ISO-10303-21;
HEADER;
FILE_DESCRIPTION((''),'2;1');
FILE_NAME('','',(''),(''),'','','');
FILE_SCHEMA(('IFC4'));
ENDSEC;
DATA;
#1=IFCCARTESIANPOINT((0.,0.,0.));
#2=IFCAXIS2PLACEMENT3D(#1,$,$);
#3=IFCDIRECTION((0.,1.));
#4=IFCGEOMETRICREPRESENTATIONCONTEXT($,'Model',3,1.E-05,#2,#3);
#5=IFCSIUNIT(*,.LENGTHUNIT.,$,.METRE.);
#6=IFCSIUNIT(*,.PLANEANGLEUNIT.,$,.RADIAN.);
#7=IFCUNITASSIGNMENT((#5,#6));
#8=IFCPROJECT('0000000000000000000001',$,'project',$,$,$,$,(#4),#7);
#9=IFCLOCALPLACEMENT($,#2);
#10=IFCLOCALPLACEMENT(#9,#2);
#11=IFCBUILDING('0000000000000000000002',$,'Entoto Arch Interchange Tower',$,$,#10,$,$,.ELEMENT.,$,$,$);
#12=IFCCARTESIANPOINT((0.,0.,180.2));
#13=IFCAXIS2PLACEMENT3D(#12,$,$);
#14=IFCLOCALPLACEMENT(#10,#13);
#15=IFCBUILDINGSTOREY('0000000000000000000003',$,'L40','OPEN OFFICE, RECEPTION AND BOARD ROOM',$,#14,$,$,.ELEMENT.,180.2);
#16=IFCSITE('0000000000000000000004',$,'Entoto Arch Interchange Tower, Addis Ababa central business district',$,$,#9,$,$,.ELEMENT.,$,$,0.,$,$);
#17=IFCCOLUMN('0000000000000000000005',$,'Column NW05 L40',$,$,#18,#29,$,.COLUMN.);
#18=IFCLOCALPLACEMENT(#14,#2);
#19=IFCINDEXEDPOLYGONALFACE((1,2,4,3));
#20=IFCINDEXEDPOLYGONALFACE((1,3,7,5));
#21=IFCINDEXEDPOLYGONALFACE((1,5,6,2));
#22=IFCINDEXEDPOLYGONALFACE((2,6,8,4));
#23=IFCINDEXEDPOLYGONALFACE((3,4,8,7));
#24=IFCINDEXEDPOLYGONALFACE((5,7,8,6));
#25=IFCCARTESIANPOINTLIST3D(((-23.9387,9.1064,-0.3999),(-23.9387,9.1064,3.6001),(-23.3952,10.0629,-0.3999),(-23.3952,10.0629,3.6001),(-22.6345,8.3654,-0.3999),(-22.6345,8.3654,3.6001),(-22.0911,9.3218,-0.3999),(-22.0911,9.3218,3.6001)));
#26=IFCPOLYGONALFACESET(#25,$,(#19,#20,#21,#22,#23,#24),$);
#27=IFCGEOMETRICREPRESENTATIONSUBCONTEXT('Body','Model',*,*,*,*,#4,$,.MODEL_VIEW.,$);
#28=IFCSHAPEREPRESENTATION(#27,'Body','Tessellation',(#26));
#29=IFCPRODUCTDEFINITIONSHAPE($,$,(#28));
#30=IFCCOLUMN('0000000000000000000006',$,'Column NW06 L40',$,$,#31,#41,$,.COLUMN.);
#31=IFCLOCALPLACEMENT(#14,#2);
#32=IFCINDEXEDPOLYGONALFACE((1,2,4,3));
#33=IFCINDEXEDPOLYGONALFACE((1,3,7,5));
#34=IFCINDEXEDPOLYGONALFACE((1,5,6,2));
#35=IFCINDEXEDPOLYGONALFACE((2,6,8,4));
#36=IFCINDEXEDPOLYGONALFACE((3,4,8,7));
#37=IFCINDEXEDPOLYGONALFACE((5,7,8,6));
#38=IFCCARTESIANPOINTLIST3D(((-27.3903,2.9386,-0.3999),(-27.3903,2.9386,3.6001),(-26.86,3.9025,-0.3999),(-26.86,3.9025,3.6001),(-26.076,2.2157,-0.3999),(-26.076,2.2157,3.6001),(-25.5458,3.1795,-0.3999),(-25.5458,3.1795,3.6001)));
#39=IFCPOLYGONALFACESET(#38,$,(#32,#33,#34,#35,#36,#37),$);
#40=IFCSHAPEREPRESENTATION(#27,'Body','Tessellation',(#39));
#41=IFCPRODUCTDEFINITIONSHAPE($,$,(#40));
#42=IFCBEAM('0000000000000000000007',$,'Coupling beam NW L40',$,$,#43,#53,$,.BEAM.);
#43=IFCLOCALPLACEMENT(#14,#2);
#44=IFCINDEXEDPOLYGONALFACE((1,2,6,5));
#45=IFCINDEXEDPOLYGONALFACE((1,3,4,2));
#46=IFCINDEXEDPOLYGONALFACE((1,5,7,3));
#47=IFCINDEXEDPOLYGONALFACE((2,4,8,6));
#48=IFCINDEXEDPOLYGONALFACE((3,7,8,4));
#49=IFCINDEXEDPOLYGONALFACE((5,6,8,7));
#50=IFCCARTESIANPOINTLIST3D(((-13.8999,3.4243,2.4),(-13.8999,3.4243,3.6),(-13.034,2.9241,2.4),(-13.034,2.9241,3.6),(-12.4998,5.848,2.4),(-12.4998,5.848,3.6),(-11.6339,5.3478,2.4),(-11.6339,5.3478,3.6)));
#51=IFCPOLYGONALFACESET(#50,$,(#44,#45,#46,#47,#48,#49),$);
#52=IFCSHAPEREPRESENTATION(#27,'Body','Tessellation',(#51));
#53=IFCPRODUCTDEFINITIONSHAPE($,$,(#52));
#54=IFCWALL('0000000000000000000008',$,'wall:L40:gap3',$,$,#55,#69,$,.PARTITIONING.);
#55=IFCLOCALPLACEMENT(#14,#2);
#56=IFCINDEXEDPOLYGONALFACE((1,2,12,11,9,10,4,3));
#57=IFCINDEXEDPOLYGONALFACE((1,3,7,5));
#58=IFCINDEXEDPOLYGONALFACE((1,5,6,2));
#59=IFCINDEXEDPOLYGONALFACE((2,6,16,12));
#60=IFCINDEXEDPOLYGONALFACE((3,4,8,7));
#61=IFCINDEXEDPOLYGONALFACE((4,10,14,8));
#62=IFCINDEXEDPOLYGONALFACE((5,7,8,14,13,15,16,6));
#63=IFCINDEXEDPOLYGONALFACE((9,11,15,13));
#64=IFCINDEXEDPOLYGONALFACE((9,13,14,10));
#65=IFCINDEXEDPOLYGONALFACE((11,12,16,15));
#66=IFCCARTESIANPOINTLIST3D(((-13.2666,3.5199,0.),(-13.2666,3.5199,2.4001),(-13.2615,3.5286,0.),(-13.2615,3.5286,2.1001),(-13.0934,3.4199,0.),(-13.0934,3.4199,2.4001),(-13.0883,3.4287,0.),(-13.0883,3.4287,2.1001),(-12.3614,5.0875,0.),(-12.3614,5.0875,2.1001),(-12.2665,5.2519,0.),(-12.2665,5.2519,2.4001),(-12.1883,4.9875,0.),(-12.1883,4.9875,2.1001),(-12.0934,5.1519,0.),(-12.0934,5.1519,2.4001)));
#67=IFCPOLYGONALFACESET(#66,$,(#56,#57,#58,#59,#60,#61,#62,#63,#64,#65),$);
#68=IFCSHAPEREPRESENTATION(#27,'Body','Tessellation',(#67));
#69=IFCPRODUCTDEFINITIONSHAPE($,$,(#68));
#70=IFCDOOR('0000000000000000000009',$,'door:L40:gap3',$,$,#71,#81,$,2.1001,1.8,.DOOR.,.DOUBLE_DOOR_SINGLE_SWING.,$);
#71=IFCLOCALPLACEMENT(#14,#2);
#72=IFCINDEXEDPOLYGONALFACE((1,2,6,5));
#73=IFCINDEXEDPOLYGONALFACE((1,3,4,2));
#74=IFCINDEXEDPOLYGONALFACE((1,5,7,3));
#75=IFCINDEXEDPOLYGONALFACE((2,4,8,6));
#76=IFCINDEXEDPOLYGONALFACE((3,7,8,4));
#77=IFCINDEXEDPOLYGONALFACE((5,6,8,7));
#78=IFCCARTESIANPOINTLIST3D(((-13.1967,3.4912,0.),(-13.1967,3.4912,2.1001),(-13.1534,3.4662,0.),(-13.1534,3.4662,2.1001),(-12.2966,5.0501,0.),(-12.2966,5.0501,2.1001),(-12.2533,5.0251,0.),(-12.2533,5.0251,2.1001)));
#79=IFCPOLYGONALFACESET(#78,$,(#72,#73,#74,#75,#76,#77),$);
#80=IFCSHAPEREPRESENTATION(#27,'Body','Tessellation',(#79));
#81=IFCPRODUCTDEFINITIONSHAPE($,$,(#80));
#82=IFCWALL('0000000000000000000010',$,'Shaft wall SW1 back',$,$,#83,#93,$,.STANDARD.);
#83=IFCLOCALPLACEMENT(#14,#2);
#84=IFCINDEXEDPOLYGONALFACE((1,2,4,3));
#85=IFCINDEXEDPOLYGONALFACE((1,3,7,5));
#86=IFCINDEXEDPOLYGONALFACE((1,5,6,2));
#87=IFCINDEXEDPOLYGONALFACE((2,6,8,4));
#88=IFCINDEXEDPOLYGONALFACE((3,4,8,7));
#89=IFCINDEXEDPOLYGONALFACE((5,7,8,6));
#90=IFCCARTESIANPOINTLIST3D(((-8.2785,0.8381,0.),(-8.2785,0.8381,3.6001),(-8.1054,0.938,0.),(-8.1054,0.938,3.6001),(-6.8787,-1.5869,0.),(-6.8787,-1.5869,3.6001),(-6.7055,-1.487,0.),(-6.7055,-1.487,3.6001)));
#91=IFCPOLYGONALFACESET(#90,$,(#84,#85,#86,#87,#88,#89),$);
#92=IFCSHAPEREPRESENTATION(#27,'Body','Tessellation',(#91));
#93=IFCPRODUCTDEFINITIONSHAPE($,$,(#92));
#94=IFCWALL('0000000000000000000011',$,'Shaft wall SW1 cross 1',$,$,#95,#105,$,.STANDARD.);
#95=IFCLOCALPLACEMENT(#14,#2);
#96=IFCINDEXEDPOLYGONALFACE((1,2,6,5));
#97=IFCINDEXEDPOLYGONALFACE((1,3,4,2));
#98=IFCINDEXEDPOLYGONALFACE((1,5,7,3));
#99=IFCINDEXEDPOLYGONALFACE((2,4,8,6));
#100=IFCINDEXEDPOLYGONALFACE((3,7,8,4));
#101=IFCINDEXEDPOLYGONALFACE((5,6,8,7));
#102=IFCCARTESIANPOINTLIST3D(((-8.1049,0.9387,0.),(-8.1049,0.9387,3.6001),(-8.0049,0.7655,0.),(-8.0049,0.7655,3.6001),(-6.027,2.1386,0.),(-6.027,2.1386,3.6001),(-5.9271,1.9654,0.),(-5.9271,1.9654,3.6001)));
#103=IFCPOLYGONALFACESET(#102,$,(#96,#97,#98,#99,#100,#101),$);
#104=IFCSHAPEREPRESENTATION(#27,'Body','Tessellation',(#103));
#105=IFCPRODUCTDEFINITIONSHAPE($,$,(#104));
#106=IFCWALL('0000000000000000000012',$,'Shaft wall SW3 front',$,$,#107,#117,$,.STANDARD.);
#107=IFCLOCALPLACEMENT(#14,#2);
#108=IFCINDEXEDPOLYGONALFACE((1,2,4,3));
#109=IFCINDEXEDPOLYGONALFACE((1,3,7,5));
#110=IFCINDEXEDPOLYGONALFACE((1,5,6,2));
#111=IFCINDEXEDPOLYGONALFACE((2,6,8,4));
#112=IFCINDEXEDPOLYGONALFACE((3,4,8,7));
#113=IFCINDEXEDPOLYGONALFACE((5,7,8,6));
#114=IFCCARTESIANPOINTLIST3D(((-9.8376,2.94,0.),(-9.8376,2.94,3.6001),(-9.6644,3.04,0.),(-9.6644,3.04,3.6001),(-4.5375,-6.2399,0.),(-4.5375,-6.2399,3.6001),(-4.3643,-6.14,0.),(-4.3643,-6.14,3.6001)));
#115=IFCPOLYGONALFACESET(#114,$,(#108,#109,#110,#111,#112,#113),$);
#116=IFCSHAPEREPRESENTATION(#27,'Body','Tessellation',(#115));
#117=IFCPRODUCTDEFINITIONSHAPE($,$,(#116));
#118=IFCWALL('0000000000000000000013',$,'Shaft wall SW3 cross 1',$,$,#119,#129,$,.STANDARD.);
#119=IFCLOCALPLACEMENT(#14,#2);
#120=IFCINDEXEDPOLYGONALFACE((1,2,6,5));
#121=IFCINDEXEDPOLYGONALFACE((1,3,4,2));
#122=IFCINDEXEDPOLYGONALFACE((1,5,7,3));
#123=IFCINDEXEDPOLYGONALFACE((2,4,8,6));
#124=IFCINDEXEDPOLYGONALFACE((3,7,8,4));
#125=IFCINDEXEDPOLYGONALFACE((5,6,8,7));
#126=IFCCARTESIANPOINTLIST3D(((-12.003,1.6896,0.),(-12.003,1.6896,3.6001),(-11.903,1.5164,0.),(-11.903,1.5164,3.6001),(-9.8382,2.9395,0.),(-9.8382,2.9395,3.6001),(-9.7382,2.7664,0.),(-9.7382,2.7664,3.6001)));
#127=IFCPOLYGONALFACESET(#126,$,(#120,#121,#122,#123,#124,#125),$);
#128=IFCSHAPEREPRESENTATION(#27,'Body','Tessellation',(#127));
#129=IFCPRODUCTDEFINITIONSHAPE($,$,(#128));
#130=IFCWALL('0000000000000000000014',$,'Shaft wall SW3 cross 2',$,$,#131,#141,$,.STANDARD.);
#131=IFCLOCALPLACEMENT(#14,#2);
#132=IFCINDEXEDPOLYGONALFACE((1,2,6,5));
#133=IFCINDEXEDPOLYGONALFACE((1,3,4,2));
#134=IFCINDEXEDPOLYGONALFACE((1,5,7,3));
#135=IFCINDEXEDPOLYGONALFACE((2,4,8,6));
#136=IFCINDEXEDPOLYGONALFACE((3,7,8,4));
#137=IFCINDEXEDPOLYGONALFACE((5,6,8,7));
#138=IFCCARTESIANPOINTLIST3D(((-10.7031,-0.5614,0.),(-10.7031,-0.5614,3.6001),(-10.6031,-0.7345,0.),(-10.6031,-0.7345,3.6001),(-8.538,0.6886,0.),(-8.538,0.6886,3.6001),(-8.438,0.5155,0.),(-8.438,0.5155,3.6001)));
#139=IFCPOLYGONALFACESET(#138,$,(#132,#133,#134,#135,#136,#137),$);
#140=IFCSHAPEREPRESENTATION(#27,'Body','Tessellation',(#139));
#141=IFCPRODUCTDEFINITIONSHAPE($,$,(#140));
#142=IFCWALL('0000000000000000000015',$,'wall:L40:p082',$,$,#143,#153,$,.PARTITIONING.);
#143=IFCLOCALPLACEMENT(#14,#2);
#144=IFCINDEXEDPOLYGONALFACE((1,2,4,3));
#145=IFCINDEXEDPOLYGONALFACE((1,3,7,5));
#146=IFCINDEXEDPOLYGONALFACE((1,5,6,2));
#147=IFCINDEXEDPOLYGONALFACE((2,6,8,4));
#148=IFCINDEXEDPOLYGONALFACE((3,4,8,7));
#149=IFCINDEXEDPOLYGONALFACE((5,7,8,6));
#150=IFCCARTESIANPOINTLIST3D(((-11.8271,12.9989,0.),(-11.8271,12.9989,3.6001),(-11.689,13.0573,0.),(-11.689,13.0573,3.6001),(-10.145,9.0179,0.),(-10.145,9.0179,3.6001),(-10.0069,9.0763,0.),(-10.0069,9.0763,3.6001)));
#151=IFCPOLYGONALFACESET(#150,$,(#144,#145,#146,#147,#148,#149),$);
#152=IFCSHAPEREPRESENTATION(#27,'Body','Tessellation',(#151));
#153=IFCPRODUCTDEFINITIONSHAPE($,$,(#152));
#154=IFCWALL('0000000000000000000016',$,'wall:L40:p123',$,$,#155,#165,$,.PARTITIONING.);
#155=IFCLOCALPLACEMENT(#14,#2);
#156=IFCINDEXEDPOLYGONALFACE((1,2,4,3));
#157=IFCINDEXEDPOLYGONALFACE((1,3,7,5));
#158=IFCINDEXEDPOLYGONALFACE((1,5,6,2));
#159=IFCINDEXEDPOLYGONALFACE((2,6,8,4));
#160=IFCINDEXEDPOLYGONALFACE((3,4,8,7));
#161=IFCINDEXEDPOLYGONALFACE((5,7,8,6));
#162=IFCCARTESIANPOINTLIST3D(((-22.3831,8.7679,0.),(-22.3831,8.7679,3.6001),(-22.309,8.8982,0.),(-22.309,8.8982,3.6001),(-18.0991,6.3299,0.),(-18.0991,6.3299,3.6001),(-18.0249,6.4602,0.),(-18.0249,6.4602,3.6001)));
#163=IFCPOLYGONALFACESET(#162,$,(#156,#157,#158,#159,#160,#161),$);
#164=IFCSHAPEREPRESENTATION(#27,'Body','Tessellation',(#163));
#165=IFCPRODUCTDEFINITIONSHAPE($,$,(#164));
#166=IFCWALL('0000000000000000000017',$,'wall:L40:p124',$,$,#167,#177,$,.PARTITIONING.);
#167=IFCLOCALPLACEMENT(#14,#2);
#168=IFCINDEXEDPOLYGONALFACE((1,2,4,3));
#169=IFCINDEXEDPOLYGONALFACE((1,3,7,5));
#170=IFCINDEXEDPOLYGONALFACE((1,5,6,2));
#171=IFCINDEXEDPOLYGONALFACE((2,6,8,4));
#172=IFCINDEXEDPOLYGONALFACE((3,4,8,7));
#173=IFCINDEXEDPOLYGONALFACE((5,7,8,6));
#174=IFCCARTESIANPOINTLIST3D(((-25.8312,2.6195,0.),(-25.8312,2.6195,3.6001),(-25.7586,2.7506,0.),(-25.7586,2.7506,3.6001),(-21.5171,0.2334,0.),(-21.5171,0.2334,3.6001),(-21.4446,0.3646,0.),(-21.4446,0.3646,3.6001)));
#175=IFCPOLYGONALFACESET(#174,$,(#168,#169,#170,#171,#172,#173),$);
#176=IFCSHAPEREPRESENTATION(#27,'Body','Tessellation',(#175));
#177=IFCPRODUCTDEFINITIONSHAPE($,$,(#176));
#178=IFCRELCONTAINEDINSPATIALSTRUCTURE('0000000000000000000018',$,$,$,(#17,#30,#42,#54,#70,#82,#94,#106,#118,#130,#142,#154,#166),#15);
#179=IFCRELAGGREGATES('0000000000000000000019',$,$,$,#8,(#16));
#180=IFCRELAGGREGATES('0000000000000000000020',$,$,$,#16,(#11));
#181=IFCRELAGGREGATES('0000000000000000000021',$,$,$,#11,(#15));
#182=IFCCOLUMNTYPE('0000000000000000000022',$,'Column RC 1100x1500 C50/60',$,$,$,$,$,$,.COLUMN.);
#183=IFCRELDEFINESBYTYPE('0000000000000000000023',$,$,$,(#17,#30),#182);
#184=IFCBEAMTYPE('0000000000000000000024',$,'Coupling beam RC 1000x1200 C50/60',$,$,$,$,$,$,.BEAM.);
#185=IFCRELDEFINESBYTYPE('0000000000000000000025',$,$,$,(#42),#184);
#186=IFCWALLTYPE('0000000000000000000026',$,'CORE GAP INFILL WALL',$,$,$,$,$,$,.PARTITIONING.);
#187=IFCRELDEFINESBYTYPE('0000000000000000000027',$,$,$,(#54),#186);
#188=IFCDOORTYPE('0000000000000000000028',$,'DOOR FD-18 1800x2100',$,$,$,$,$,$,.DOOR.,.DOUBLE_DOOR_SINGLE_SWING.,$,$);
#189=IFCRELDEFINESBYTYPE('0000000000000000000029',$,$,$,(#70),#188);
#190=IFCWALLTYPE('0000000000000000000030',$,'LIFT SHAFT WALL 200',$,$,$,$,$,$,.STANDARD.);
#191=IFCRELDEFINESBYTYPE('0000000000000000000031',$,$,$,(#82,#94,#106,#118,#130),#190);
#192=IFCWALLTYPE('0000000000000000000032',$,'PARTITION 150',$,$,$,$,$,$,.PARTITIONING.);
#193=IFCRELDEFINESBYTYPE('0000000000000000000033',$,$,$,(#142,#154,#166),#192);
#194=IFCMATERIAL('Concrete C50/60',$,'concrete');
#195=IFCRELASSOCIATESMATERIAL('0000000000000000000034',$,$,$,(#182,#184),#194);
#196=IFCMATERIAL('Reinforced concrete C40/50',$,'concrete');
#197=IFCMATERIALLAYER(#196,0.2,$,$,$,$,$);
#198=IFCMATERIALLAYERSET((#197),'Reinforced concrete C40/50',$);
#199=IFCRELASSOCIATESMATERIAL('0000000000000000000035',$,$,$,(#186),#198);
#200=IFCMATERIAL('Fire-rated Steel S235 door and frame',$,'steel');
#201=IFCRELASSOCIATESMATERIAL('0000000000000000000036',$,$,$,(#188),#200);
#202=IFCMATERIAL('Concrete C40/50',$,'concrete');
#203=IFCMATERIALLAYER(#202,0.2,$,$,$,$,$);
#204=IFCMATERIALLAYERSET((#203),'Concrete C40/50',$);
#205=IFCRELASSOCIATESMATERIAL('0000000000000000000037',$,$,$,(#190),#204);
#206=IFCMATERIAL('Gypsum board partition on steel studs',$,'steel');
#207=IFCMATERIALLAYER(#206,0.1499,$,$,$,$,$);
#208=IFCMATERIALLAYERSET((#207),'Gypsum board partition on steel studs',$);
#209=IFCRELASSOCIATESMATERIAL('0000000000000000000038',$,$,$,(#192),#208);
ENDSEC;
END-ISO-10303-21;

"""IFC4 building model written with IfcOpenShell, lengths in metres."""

from ifc_helpers import new_model, si_unit, direction, frame, frame_2d, origin, origin_2d, place, context, subcontext, project, spatial, rectangle, extrude, material, layer, layer_set, material_profile, profile_set, type_object, element, fill, save


model = new_model("IFC4")

# Units and contexts
model_context = context("Model", 3, precision=1e-05, world=origin(), true_north=direction((0.0, 1.0)))
body_context = subcontext(model_context, "Body", "Model", "MODEL_VIEW")
ifc_project = project(units=[si_unit("LENGTHUNIT", "METRE"), si_unit("PLANEANGLEUNIT", "RADIAN")], contexts=[model_context])

# Site, building, storey
site_placement = place(None, origin())
site = spatial("IfcSite", under=ifc_project, at=site_placement, Name="Entoto Arch Interchange Tower, Addis Ababa central business district", CompositionType="ELEMENT", RefElevation=0.0)
building_placement = place(site_placement, origin())
building = spatial("IfcBuilding", under=site, at=building_placement, Name="Entoto Arch Interchange Tower", CompositionType="ELEMENT")
storey_placement = place(building_placement, frame((0.0, 0.0, 180.2)))
storey = spatial("IfcBuildingStorey", under=building, at=storey_placement, Name="L40", Description="OPEN OFFICE, RECEPTION AND BOARD ROOM", CompositionType="ELEMENT", Elevation=180.2)

# Columns
ifc_material_1 = material(Name="Concrete C50/60", Category="concrete")
ifc_material_profile_1 = material_profile(ifc_material_1, rectangle(XDim=1.1001, YDim=1.5, at=origin_2d()))
ifc_profile_set_1 = profile_set([ifc_material_profile_1], Name="Concrete C50/60")
column_type = type_object("IfcColumnType", Name="Column RC 1100x1500 C50/60", PredefinedType="COLUMN", material=ifc_profile_set_1)
for number, where, z_axis, x_axis, name in (
    (1, (-23.0149, 9.2141, -0.3999), (0.0, 0.0, 1.0), (0.494018, 0.869452, 0.0), "Column NW05 L40"),
    (2, (-26.468, 3.0591, -0.3999), (0.0, 0.0, 1.0), (0.481983, 0.876181, 0.0), "Column NW06 L40"),
):
    element("IfcColumn", number, at=place(storey_placement, frame(where, z_axis=z_axis, x_axis=x_axis)), inside=storey, type_object=column_type, Name=name, PredefinedType="COLUMN", context=body_context, shape_type="SweptSolid", body=[
        extrude(rectangle(XDim=1.1001, YDim=1.5, at=origin_2d()), origin(), (0.0, 0.0, 1.0), 4.0),
    ])

# Beam
ifc_material_profile_2 = material_profile(ifc_material_1, rectangle(XDim=1.0, YDim=1.2, at=origin_2d()))
ifc_profile_set_2 = profile_set([ifc_material_profile_2], Name="Concrete C50/60")
beam_type = type_object("IfcBeamType", Name="Coupling beam RC 1000x1200 C50/60", PredefinedType="BEAM", material=ifc_profile_set_2)
beam_placement = place(storey_placement, frame((-12.0669, 5.5979, 3.0), z_axis=(-0.500201, -0.86591, 0.0), x_axis=(0.86591, -0.500201, 0.0)))
element("IfcBeam", 3, at=beam_placement, inside=storey, type_object=beam_type, Name="Coupling beam NW L40", PredefinedType="BEAM", context=body_context, shape_type="SweptSolid", body=[
    extrude(rectangle(XDim=1.0, YDim=1.2, at=origin_2d()), origin(), (0.0, 0.0, 1.0), 2.7991),
])

# Wall, opening, door
ifc_material_2 = material(Name="Reinforced concrete C40/50", Category="concrete")
ifc_layer_1 = layer(ifc_material_2, 0.2)
ifc_layer_set_1 = layer_set([ifc_layer_1], Name="Reinforced concrete C40/50")
wall_type_1 = type_object("IfcWallType", Name="CORE GAP INFILL WALL", PredefinedType="PARTITIONING", material=ifc_layer_set_1)
wall_1_placement = place(storey_placement, frame((-12.1799, 5.2019, 0.0), z_axis=(0.0, 0.0, 1.0), x_axis=(-0.500025, -0.866011, 0.0)))
wall_1 = element("IfcWall", 4, at=wall_1_placement, inside=storey, type_object=wall_type_1, Name="wall:L40:gap3", PredefinedType="PARTITIONING", context=body_context, shape_type="SweptSolid", body=[
    extrude(rectangle(XDim=2.0, YDim=0.2, at=frame_2d((1.0, 0.0))), origin(), (0.0, 0.0, 1.0), 2.4001),
])
opening_1_placement = place(wall_1_placement, frame((0.1899, 0.0, 0.0)))
opening_1 = element("IfcOpeningElement", 5, at=opening_1_placement, cuts=wall_1, PredefinedType="OPENING", context=body_context, shape_type="SweptSolid", body=[
    extrude(rectangle(XDim=1.8, YDim=2.1001, at=frame_2d((0.8999, 1.05))), frame((0.0, 0.1099, 0.0), z_axis=(0.0, -1.0, 0.0), x_axis=(1.0, 0.0, 0.0)), (0.0, 0.0, 1.0), 0.22),
])
ifc_material_3 = material(Name="Fire-rated Steel S235 door and frame", Category="steel")
door_type_1 = type_object("IfcDoorType", Name="DOOR FD-18 1800x2100", OperationType="DOUBLE_DOOR_SINGLE_SWING", PredefinedType="DOOR", material=ifc_material_3)
door_1_placement = place(opening_1_placement, origin())
door_1 = element("IfcDoor", 6, at=door_1_placement, inside=storey, type_object=door_type_1, Name="door:L40:gap3", OperationType="DOUBLE_DOOR_SINGLE_SWING", OverallHeight=2.1001, OverallWidth=1.8, PredefinedType="DOOR", context=body_context, shape_type="SweptSolid", body=[
    extrude(rectangle(XDim=1.8, YDim=2.1001, at=frame_2d((0.8999, 1.05))), frame((0.0, 0.0249, 0.0), z_axis=(0.0, -1.0, 0.0), x_axis=(1.0, 0.0, 0.0)), (0.0, 0.0, 1.0), 0.05),
])
fill(opening_1, door_1)

# Walls
ifc_material_4 = material(Name="Concrete C40/50", Category="concrete")
ifc_layer_2 = layer(ifc_material_4, 0.2)
ifc_layer_set_2 = layer_set([ifc_layer_2], Name="Concrete C40/50")
wall_type_2 = type_object("IfcWallType", Name="LIFT SHAFT WALL 200", PredefinedType="STANDARD", material=ifc_layer_set_2)
wall_2_placement = place(storey_placement, frame((-8.1919, 0.8879, 0.0), z_axis=(0.0, 0.0, 1.0), x_axis=(0.499946, -0.866056, 0.0)))
element("IfcWall", 7, at=wall_2_placement, inside=storey, type_object=wall_type_2, Name="Shaft wall SW1 back", PredefinedType="STANDARD", context=body_context, shape_type="SweptSolid", body=[
    extrude(rectangle(XDim=2.8, YDim=0.2, at=frame_2d((1.3999, 0.0))), origin(), (0.0, 0.0, 1.0), 3.6001),
])
wall_3_placement = place(storey_placement, frame((-5.9771, 2.052, 0.0), z_axis=(0.0, 0.0, 1.0), x_axis=(-0.865974, -0.500089, 0.0)))
element("IfcWall", 8, at=wall_3_placement, inside=storey, type_object=wall_type_2, Name="Shaft wall SW1 cross 1", PredefinedType="STANDARD", context=body_context, shape_type="SweptSolid", body=[
    extrude(rectangle(XDim=2.3994, YDim=0.2, at=frame_2d((1.1997, 0.0))), origin(), (0.0, 0.0, 1.0), 3.6001),
])
wall_4_placement = place(storey_placement, frame((-9.751, 2.99, 0.0), z_axis=(0.0, 0.0, 1.0), x_axis=(0.500001, -0.866025, 0.0)))
element("IfcWall", 9, at=wall_4_placement, inside=storey, type_object=wall_type_2, Name="Shaft wall SW3 front", PredefinedType="STANDARD", context=body_context, shape_type="SweptSolid", body=[
    extrude(rectangle(XDim=10.6001, YDim=0.2, at=frame_2d((5.3, 0.0))), origin(), (0.0, 0.0, 1.0), 3.6001),
])
wall_5_placement = place(storey_placement, frame((-9.7881, 2.853, 0.0), z_axis=(0.0, 0.0, 1.0), x_axis=(-0.865999, -0.500047, 0.0)))
element("IfcWall", 10, at=wall_5_placement, inside=storey, type_object=wall_type_2, Name="Shaft wall SW3 cross 1", PredefinedType="STANDARD", context=body_context, shape_type="SweptSolid", body=[
    extrude(rectangle(XDim=2.4998, YDim=0.2, at=frame_2d((1.25, 0.0))), origin(), (0.0, 0.0, 1.0), 3.6001),
])
wall_6_placement = place(storey_placement, frame((-8.488, 0.6021, 0.0), z_axis=(0.0, 0.0, 1.0), x_axis=(-0.866023, -0.500004, 0.0)))
element("IfcWall", 11, at=wall_6_placement, inside=storey, type_object=wall_type_2, Name="Shaft wall SW3 cross 2", PredefinedType="STANDARD", context=body_context, shape_type="SweptSolid", body=[
    extrude(rectangle(XDim=2.5, YDim=0.2, at=frame_2d((1.25, 0.0))), origin(), (0.0, 0.0, 1.0), 3.6001),
])
ifc_material_5 = material(Name="Gypsum board partition on steel studs", Category="steel")
ifc_layer_3 = layer(ifc_material_5, 0.1499)
ifc_layer_set_3 = layer_set([ifc_layer_3], Name="Gypsum board partition on steel studs")
wall_type_3 = type_object("IfcWallType", Name="PARTITION 150", PredefinedType="PARTITIONING", material=ifc_layer_set_3)
wall_7_placement = place(storey_placement, frame((-10.0759, 9.0471, 0.0), z_axis=(0.0, 0.0, 1.0), x_axis=(-0.389223, 0.921143, 0.0)))
element("IfcWall", 12, at=wall_7_placement, inside=storey, type_object=wall_type_3, Name="wall:L40:p082", PredefinedType="PARTITIONING", context=body_context, shape_type="SweptSolid", body=[
    extrude(rectangle(XDim=4.3218, YDim=0.1499, at=frame_2d((2.1609, 0.0))), origin(), (0.0, 0.0, 1.0), 3.6001),
])
wall_8_placement = place(storey_placement, frame((-18.062, 6.395, 0.0), z_axis=(0.0, 0.0, 1.0), x_axis=(-0.869114, 0.494613, 0.0)))
element("IfcWall", 13, at=wall_8_placement, inside=storey, type_object=wall_type_3, Name="wall:L40:p123", PredefinedType="PARTITIONING", context=body_context, shape_type="SweptSolid", body=[
    extrude(rectangle(XDim=4.9292, YDim=0.1499, at=frame_2d((2.4646, 0.0))), origin(), (0.0, 0.0, 1.0), 3.6001),
])
wall_9_placement = place(storey_placement, frame((-21.481, 0.2991, 0.0), z_axis=(0.0, 0.0, 1.0), x_axis=(-0.875074, 0.48399, 0.0)))
element("IfcWall", 14, at=wall_9_placement, inside=storey, type_object=wall_type_3, Name="wall:L40:p124", PredefinedType="PARTITIONING", context=body_context, shape_type="SweptSolid", body=[
    extrude(rectangle(XDim=4.9299, YDim=0.1499, at=frame_2d((2.4648, 0.0))), origin(), (0.0, 0.0, 1.0), 3.6001),
])

save(model, "model.ifc")
